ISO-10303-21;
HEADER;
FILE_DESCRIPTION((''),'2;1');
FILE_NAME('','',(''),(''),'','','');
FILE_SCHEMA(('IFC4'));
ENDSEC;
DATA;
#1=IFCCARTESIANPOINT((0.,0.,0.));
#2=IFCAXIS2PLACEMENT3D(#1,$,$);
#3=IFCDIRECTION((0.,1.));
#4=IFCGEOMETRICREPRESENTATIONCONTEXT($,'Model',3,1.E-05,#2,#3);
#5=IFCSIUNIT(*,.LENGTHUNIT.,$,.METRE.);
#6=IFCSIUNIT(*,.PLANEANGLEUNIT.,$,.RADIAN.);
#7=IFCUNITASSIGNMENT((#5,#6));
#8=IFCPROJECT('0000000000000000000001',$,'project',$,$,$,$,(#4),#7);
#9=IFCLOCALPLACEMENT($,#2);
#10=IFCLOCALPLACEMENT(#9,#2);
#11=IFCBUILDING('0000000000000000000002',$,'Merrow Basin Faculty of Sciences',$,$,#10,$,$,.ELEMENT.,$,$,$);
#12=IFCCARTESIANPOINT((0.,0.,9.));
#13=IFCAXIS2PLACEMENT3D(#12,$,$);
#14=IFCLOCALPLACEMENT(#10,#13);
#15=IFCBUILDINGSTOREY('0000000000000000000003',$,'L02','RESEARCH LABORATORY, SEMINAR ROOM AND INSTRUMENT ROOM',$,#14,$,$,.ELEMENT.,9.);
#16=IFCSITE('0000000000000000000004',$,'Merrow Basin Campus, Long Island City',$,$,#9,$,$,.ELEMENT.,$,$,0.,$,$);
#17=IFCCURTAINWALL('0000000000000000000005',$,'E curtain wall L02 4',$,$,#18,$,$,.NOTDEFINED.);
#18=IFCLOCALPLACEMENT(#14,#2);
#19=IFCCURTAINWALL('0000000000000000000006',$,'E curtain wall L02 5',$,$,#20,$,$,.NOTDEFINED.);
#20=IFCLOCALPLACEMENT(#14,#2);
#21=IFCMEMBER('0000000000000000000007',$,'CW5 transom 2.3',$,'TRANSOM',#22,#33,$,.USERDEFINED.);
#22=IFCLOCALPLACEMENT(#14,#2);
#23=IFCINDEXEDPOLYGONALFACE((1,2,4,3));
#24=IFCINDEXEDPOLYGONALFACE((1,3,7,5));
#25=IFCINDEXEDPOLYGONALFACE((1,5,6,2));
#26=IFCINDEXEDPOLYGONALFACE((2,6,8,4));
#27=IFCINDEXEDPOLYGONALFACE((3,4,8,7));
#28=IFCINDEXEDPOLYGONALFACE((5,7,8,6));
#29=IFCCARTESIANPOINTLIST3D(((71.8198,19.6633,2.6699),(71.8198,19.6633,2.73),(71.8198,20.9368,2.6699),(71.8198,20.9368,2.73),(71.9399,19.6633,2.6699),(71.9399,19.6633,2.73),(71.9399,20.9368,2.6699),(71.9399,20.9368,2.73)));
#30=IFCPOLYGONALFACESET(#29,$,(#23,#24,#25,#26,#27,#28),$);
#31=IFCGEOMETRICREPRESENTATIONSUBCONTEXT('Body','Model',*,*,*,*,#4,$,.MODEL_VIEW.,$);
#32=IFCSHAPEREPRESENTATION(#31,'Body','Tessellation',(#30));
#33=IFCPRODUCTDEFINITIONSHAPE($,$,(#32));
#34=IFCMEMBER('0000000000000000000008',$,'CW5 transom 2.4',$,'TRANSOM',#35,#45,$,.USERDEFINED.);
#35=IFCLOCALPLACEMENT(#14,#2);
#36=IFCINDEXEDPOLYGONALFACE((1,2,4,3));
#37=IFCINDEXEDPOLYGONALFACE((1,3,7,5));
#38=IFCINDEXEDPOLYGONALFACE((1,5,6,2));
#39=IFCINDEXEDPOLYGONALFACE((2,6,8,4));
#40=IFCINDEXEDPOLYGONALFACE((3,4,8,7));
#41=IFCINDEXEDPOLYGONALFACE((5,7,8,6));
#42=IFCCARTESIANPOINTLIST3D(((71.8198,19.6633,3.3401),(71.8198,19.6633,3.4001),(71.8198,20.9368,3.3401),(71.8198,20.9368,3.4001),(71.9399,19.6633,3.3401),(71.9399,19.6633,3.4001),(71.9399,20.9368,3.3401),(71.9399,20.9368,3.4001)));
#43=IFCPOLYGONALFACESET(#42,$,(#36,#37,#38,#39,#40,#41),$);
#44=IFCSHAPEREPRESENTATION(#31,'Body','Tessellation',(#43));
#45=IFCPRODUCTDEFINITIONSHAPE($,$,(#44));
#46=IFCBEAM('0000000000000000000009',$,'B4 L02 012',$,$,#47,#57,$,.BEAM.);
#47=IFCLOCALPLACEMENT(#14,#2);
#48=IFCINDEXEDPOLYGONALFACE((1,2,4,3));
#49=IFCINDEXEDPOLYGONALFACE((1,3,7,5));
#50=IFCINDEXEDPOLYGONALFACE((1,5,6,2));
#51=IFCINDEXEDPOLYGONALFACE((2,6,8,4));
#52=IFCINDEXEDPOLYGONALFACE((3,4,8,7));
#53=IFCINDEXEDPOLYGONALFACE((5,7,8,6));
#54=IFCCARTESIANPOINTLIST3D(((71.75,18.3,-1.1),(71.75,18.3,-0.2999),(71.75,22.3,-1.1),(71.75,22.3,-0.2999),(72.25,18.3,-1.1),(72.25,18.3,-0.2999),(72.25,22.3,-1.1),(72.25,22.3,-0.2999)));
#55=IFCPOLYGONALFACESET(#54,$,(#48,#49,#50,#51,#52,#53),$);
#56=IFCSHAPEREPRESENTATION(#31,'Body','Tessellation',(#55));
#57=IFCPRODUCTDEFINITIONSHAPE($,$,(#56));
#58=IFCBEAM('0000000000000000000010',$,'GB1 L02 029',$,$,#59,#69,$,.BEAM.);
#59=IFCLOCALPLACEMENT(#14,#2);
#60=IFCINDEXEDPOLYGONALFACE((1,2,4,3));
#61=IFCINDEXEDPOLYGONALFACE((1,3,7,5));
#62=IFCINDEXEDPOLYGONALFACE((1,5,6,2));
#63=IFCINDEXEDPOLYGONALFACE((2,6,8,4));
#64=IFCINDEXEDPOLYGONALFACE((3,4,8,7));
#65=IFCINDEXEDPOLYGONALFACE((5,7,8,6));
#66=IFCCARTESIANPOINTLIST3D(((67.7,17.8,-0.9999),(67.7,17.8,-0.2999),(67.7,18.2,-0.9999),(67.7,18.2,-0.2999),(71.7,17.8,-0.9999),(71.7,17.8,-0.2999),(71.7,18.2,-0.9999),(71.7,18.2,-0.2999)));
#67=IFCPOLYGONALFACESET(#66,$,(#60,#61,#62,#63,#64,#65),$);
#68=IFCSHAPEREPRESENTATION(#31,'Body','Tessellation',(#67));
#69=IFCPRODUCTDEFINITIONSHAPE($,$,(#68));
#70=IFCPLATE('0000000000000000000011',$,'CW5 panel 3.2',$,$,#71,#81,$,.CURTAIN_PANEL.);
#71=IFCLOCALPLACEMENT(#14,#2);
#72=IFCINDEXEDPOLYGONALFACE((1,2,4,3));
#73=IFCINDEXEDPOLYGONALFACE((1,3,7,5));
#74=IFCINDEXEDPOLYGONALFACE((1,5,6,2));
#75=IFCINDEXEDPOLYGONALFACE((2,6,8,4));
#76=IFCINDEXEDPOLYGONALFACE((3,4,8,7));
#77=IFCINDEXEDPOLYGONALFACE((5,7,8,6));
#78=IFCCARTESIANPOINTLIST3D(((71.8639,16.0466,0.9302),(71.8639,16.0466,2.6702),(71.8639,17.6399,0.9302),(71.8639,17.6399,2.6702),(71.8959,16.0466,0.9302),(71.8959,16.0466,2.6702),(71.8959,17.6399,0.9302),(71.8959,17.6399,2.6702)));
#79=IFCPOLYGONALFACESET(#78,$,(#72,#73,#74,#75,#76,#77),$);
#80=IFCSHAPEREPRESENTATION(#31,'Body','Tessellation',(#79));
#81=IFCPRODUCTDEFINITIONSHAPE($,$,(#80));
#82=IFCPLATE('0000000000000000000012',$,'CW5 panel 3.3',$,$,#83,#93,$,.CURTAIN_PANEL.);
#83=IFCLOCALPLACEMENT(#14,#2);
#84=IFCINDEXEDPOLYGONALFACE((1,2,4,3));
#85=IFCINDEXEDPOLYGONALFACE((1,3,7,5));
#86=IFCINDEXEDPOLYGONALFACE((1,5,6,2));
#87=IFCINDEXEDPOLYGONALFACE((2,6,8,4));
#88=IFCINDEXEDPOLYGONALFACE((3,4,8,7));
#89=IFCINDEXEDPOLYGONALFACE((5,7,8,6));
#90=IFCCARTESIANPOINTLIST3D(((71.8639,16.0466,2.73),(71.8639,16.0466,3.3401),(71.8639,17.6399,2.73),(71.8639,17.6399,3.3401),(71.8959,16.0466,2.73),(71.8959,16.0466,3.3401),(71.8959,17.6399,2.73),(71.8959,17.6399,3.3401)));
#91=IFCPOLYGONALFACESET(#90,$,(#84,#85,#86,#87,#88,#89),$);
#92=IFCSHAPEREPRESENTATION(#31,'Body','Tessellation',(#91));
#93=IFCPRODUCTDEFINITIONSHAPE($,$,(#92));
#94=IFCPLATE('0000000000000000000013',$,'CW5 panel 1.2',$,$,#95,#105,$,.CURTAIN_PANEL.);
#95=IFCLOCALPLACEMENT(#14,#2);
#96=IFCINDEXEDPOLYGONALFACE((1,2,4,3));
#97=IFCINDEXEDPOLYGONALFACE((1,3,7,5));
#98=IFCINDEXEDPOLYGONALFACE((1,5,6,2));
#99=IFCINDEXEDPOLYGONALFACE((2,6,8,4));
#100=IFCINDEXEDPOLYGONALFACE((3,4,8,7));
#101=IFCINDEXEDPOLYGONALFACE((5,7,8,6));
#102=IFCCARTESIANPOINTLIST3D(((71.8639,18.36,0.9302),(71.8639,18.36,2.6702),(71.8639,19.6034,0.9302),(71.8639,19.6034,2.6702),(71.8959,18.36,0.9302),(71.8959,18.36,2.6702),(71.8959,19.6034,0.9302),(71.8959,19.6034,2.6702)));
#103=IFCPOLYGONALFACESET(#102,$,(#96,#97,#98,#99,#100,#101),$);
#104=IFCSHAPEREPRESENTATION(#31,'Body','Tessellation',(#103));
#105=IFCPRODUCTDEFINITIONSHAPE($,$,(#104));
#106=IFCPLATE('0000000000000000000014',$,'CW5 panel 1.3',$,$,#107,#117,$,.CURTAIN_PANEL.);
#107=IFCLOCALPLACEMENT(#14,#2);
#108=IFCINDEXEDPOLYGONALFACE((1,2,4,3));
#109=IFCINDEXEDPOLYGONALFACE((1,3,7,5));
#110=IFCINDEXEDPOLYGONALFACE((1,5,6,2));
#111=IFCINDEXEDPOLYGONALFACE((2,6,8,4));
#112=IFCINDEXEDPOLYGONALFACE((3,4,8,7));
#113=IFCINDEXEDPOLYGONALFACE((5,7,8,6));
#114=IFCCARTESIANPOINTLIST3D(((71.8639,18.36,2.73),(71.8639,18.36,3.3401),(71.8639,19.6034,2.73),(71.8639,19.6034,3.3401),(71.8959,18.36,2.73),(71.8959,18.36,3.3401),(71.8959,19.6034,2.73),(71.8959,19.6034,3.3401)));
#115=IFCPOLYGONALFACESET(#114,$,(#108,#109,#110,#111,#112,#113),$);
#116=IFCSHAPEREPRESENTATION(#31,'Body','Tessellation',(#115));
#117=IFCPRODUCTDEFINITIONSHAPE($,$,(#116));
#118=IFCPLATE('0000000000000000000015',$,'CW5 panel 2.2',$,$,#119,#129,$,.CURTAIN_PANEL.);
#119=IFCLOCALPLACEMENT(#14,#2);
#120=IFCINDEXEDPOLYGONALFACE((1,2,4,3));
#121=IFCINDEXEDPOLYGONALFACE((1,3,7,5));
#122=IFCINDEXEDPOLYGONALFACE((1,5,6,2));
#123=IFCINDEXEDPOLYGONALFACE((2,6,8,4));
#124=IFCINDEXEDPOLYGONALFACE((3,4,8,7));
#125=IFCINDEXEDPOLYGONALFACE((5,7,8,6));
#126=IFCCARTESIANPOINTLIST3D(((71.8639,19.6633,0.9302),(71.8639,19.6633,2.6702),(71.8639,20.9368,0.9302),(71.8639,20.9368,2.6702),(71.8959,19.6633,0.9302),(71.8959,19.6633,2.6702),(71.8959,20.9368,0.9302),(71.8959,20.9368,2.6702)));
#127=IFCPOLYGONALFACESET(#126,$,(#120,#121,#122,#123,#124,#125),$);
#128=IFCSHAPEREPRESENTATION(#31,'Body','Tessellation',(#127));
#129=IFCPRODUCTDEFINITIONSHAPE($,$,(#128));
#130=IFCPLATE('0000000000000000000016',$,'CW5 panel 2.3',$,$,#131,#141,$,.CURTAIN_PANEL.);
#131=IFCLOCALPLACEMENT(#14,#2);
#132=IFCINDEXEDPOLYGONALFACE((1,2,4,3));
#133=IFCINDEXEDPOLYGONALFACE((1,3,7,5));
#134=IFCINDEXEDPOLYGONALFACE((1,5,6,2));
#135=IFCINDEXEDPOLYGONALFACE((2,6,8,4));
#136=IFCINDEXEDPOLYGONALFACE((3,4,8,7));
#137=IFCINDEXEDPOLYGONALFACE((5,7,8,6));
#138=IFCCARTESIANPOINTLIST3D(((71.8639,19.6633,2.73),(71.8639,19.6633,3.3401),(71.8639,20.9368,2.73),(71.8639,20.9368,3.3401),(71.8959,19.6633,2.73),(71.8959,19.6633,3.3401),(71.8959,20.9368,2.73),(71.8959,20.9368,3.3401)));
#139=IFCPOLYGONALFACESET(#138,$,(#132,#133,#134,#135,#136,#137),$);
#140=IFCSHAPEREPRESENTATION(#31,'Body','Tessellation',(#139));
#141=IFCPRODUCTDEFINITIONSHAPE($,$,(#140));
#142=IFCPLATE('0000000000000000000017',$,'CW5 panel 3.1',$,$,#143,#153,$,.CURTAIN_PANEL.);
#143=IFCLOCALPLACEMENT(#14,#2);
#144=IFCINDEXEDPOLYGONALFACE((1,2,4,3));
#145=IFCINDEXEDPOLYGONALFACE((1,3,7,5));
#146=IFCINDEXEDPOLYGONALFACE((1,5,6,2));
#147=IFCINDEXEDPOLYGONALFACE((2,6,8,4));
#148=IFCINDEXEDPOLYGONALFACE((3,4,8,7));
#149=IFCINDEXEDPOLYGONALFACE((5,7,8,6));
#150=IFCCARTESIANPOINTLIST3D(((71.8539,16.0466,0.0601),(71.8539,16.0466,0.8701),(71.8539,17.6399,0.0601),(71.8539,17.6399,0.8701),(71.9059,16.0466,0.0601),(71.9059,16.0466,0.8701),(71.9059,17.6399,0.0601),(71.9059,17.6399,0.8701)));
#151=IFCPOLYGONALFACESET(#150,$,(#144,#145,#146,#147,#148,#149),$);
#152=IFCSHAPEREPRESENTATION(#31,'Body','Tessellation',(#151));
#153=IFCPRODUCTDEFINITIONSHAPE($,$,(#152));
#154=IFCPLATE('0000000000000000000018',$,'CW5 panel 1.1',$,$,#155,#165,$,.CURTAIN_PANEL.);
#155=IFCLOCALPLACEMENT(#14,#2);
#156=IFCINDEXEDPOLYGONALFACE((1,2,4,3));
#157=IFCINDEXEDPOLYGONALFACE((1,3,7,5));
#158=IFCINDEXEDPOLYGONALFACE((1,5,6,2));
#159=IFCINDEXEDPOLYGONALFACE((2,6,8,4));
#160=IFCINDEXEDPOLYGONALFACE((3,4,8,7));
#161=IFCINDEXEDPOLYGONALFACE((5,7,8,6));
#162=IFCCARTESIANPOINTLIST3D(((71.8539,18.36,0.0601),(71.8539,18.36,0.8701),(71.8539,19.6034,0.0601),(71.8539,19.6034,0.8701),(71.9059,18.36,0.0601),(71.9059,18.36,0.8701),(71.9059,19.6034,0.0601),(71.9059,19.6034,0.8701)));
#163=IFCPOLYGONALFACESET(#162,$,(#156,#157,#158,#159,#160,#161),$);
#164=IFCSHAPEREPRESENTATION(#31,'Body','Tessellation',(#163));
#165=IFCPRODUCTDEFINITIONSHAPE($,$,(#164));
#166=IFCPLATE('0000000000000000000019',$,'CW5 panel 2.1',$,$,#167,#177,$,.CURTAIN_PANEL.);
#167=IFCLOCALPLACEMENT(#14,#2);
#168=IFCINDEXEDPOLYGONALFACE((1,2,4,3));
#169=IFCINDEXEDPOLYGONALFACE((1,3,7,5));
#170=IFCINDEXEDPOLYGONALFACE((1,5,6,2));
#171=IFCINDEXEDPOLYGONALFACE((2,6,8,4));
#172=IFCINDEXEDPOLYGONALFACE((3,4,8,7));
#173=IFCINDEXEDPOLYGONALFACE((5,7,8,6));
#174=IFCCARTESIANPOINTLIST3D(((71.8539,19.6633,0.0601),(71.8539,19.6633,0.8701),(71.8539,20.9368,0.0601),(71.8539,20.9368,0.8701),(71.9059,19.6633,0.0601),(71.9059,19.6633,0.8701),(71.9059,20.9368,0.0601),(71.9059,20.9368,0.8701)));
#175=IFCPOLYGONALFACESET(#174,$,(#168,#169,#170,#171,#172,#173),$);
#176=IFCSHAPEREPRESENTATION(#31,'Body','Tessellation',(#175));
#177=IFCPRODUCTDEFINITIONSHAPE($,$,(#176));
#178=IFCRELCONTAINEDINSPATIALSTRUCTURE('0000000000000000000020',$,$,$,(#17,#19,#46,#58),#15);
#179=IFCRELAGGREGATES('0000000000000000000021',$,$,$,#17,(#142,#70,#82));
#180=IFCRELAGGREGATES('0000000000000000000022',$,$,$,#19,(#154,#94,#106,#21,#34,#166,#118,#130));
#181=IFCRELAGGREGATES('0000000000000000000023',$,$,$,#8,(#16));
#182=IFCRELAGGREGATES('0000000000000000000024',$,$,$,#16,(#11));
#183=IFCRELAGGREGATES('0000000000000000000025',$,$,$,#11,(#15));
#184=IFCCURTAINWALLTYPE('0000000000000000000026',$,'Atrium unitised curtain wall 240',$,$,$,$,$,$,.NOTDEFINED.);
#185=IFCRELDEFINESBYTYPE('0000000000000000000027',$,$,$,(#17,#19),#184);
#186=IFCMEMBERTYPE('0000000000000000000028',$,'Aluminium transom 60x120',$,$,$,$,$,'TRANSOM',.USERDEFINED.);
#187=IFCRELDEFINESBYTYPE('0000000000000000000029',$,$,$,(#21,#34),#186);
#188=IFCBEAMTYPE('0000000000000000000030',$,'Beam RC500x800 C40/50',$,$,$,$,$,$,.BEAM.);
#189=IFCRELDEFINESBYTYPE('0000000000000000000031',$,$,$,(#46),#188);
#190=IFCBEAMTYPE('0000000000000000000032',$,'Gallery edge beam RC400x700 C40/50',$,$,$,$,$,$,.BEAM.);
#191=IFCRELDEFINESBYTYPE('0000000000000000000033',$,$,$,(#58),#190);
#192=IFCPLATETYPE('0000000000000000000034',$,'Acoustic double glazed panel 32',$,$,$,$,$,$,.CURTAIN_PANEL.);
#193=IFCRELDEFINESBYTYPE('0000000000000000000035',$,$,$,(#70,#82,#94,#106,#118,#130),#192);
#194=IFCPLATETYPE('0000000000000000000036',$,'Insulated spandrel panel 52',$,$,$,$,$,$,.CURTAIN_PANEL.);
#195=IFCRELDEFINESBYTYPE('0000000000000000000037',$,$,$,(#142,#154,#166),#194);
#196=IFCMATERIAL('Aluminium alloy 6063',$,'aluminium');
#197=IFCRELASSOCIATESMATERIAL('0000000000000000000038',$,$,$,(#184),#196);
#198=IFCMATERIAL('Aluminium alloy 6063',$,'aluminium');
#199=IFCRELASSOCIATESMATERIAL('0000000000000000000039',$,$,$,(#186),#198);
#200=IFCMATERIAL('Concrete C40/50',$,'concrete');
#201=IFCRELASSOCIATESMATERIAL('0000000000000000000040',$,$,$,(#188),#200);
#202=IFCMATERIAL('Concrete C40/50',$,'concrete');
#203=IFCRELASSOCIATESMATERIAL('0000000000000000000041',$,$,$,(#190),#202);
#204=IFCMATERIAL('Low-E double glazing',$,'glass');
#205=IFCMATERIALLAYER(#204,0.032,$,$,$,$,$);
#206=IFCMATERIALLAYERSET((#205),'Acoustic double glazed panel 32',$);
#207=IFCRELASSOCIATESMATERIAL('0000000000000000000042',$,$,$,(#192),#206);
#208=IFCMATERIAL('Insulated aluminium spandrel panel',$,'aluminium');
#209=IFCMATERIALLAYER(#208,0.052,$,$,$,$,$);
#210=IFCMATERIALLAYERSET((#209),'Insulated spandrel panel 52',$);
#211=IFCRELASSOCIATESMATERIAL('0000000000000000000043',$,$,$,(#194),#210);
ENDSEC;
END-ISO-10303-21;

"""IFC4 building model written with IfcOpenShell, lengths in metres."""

from ifc_helpers import new_model, si_unit, direction, frame, origin, origin_2d, place, context, subcontext, project, spatial, rectangle, extrude, material, layer, layer_set, material_profile, profile_set, type_object, element, aggregate, save


model = new_model("IFC4")

# Units and contexts
model_context = context("Model", 3, precision=1e-05, world=origin(), true_north=direction((0.0, 1.0)))
body_context = subcontext(model_context, "Body", "Model", "MODEL_VIEW")
ifc_project = project(units=[si_unit("LENGTHUNIT", "METRE"), si_unit("PLANEANGLEUNIT", "RADIAN")], contexts=[model_context])

# Site, building, storey
site_placement = place(None, origin())
site = spatial("IfcSite", under=ifc_project, at=site_placement, Name="Merrow Basin Campus, Long Island City", CompositionType="ELEMENT", RefElevation=0.0)
building_placement = place(site_placement, origin())
building = spatial("IfcBuilding", under=site, at=building_placement, Name="Merrow Basin Faculty of Sciences", CompositionType="ELEMENT")
storey_placement = place(building_placement, frame((0.0, 0.0, 9.0)))
storey = spatial("IfcBuildingStorey", under=building, at=storey_placement, Name="L02", Description="RESEARCH LABORATORY, SEMINAR ROOM AND INSTRUMENT ROOM", CompositionType="ELEMENT", Elevation=9.0)

# Curtain wall
ifc_material_1 = material(Name="Aluminium alloy 6063", Category="aluminium")
curtain_wall_type = type_object("IfcCurtainWallType", Name="Atrium unitised curtain wall 240", PredefinedType="NOTDEFINED", material=ifc_material_1)
curtain_wall_1_placement = place(storey_placement, origin())
curtain_wall_1 = element("IfcCurtainWall", 1, at=curtain_wall_1_placement, inside=storey, type_object=curtain_wall_type, Name="E curtain wall L02 4", PredefinedType="NOTDEFINED")

# Curtain wall
curtain_wall_2_placement = place(storey_placement, origin())
curtain_wall_2 = element("IfcCurtainWall", 2, at=curtain_wall_2_placement, inside=storey, type_object=curtain_wall_type, Name="E curtain wall L02 5", PredefinedType="NOTDEFINED")

# Members
ifc_material_2 = material(Name="Aluminium alloy 6063", Category="aluminium")
ifc_material_profile_1 = material_profile(ifc_material_2, rectangle(XDim=0.1201, YDim=0.0601, at=origin_2d()))
ifc_profile_set_1 = profile_set([ifc_material_profile_1], Name="Aluminium alloy 6063")
member_type_1 = type_object("IfcMemberType", Name="Aluminium transom 60x120", ElementType="TRANSOM", PredefinedType="USERDEFINED", material=ifc_profile_set_1)
member_1_placement = place(storey_placement, frame((71.8799, 19.6633, 2.7), z_axis=(0.0, 1.0, 0.0), x_axis=(-1.0, 0.0, 0.0)))
member_1 = element("IfcMember", 3, at=member_1_placement, type_object=member_type_1, Name="CW5 transom 2.3", ObjectType="TRANSOM", PredefinedType="USERDEFINED", context=body_context, shape_type="SweptSolid", body=[
    extrude(rectangle(XDim=0.1201, YDim=0.0601, at=origin_2d()), origin(), (0.0, 0.0, 1.0), 1.2734),
])
member_2_placement = place(storey_placement, frame((71.8799, 19.6633, 3.3701), z_axis=(0.0, 1.0, 0.0), x_axis=(-1.0, 0.0, 0.0)))
member_2 = element("IfcMember", 4, at=member_2_placement, type_object=member_type_1, Name="CW5 transom 2.4", ObjectType="TRANSOM", PredefinedType="USERDEFINED", context=body_context, shape_type="SweptSolid", body=[
    extrude(rectangle(XDim=0.1201, YDim=0.0601, at=origin_2d()), origin(), (0.0, 0.0, 1.0), 1.2734),
])

# Beams
ifc_material_3 = material(Name="Concrete C40/50", Category="concrete")
ifc_material_profile_2 = material_profile(ifc_material_3, rectangle(XDim=0.5, YDim=0.8, at=origin_2d()))
ifc_profile_set_2 = profile_set([ifc_material_profile_2], Name="Concrete C40/50")
beam_type_1 = type_object("IfcBeamType", Name="Beam RC500x800 C40/50", PredefinedType="BEAM", material=ifc_profile_set_2)
beam_1_placement = place(storey_placement, frame((72.0, 18.3, -0.7), z_axis=(0.0, 1.0, 0.0), x_axis=(-1.0, 0.0, 0.0)))
element("IfcBeam", 5, at=beam_1_placement, inside=storey, type_object=beam_type_1, Name="B4 L02 012", PredefinedType="BEAM", context=body_context, shape_type="SweptSolid", body=[
    extrude(rectangle(XDim=0.5, YDim=0.8, at=origin_2d()), origin(), (0.0, 0.0, 1.0), 4.0),
])
ifc_material_4 = material(Name="Concrete C40/50", Category="concrete")
ifc_material_profile_3 = material_profile(ifc_material_4, rectangle(XDim=0.3999, YDim=0.7, at=origin_2d()))
ifc_profile_set_3 = profile_set([ifc_material_profile_3], Name="Concrete C40/50")
beam_type_2 = type_object("IfcBeamType", Name="Gallery edge beam RC400x700 C40/50", PredefinedType="BEAM", material=ifc_profile_set_3)
beam_2_placement = place(storey_placement, frame((67.7, 18.0, -0.6499), z_axis=(1.0, 0.0, 0.0), x_axis=(0.0, 1.0, 0.0)))
element("IfcBeam", 6, at=beam_2_placement, inside=storey, type_object=beam_type_2, Name="GB1 L02 029", PredefinedType="BEAM", context=body_context, shape_type="SweptSolid", body=[
    extrude(rectangle(XDim=0.3999, YDim=0.7, at=origin_2d()), origin(), (0.0, 0.0, 1.0), 4.0),
])

# Plates
ifc_material_5 = material(Name="Low-E double glazing", Category="glass")
ifc_layer_1 = layer(ifc_material_5, 0.032)
ifc_layer_set_1 = layer_set([ifc_layer_1], Name="Acoustic double glazed panel 32")
plate_type_1 = type_object("IfcPlateType", Name="Acoustic double glazed panel 32", PredefinedType="CURTAIN_PANEL", material=ifc_layer_set_1)
plate_1_placement = place(storey_placement, frame((71.8799, 16.8433, 0.9302), z_axis=(0.0, 0.0, 1.0), x_axis=(0.0, 1.0, 0.0)))
plate_1 = element("IfcPlate", 7, at=plate_1_placement, type_object=plate_type_1, Name="CW5 panel 3.2", PredefinedType="CURTAIN_PANEL", context=body_context, shape_type="SweptSolid", body=[
    extrude(rectangle(XDim=1.5933, YDim=0.032, at=origin_2d()), origin(), (0.0, 0.0, 1.0), 1.74),
])
plate_2_placement = place(storey_placement, frame((71.8799, 16.8433, 2.73), z_axis=(0.0, 0.0, 1.0), x_axis=(0.0, 1.0, 0.0)))
plate_2 = element("IfcPlate", 8, at=plate_2_placement, type_object=plate_type_1, Name="CW5 panel 3.3", PredefinedType="CURTAIN_PANEL", context=body_context, shape_type="SweptSolid", body=[
    extrude(rectangle(XDim=1.5933, YDim=0.032, at=origin_2d()), origin(), (0.0, 0.0, 1.0), 0.6101),
])
plate_3_placement = place(storey_placement, frame((71.8799, 18.9817, 0.9302), z_axis=(0.0, 0.0, 1.0), x_axis=(0.0, 1.0, 0.0)))
plate_3 = element("IfcPlate", 9, at=plate_3_placement, type_object=plate_type_1, Name="CW5 panel 1.2", PredefinedType="CURTAIN_PANEL", context=body_context, shape_type="SweptSolid", body=[
    extrude(rectangle(XDim=1.2434, YDim=0.032, at=origin_2d()), origin(), (0.0, 0.0, 1.0), 1.74),
])
plate_4_placement = place(storey_placement, frame((71.8799, 18.9817, 2.73), z_axis=(0.0, 0.0, 1.0), x_axis=(0.0, 1.0, 0.0)))
plate_4 = element("IfcPlate", 10, at=plate_4_placement, type_object=plate_type_1, Name="CW5 panel 1.3", PredefinedType="CURTAIN_PANEL", context=body_context, shape_type="SweptSolid", body=[
    extrude(rectangle(XDim=1.2434, YDim=0.032, at=origin_2d()), origin(), (0.0, 0.0, 1.0), 0.6101),
])
plate_5_placement = place(storey_placement, frame((71.8799, 20.3, 0.9302), z_axis=(0.0, 0.0, 1.0), x_axis=(0.0, 1.0, 0.0)))
plate_5 = element("IfcPlate", 11, at=plate_5_placement, type_object=plate_type_1, Name="CW5 panel 2.2", PredefinedType="CURTAIN_PANEL", context=body_context, shape_type="SweptSolid", body=[
    extrude(rectangle(XDim=1.2734, YDim=0.032, at=origin_2d()), origin(), (0.0, 0.0, 1.0), 1.74),
])
plate_6_placement = place(storey_placement, frame((71.8799, 20.3, 2.73), z_axis=(0.0, 0.0, 1.0), x_axis=(0.0, 1.0, 0.0)))
plate_6 = element("IfcPlate", 12, at=plate_6_placement, type_object=plate_type_1, Name="CW5 panel 2.3", PredefinedType="CURTAIN_PANEL", context=body_context, shape_type="SweptSolid", body=[
    extrude(rectangle(XDim=1.2734, YDim=0.032, at=origin_2d()), origin(), (0.0, 0.0, 1.0), 0.6101),
])
ifc_material_6 = material(Name="Insulated aluminium spandrel panel", Category="aluminium")
ifc_layer_2 = layer(ifc_material_6, 0.052)
ifc_layer_set_2 = layer_set([ifc_layer_2], Name="Insulated spandrel panel 52")
plate_type_2 = type_object("IfcPlateType", Name="Insulated spandrel panel 52", PredefinedType="CURTAIN_PANEL", material=ifc_layer_set_2)
plate_7_placement = place(storey_placement, frame((71.8799, 16.8433, 0.0601), z_axis=(0.0, 0.0, 1.0), x_axis=(0.0, 1.0, 0.0)))
plate_7 = element("IfcPlate", 13, at=plate_7_placement, type_object=plate_type_2, Name="CW5 panel 3.1", PredefinedType="CURTAIN_PANEL", context=body_context, shape_type="SweptSolid", body=[
    extrude(rectangle(XDim=1.5933, YDim=0.052, at=origin_2d()), origin(), (0.0, 0.0, 1.0), 0.8101),
])
aggregate(curtain_wall_1, [plate_7, plate_1, plate_2])
plate_8_placement = place(storey_placement, frame((71.8799, 18.9817, 0.0601), z_axis=(0.0, 0.0, 1.0), x_axis=(0.0, 1.0, 0.0)))
plate_8 = element("IfcPlate", 14, at=plate_8_placement, type_object=plate_type_2, Name="CW5 panel 1.1", PredefinedType="CURTAIN_PANEL", context=body_context, shape_type="SweptSolid", body=[
    extrude(rectangle(XDim=1.2434, YDim=0.052, at=origin_2d()), origin(), (0.0, 0.0, 1.0), 0.8101),
])
plate_9_placement = place(storey_placement, frame((71.8799, 20.3, 0.0601), z_axis=(0.0, 0.0, 1.0), x_axis=(0.0, 1.0, 0.0)))
plate_9 = element("IfcPlate", 15, at=plate_9_placement, type_object=plate_type_2, Name="CW5 panel 2.1", PredefinedType="CURTAIN_PANEL", context=body_context, shape_type="SweptSolid", body=[
    extrude(rectangle(XDim=1.2734, YDim=0.052, at=origin_2d()), origin(), (0.0, 0.0, 1.0), 0.8101),
])
aggregate(curtain_wall_2, [plate_8, plate_3, plate_4, member_1, member_2, plate_9, plate_5, plate_6])

save(model, "model.ifc")
